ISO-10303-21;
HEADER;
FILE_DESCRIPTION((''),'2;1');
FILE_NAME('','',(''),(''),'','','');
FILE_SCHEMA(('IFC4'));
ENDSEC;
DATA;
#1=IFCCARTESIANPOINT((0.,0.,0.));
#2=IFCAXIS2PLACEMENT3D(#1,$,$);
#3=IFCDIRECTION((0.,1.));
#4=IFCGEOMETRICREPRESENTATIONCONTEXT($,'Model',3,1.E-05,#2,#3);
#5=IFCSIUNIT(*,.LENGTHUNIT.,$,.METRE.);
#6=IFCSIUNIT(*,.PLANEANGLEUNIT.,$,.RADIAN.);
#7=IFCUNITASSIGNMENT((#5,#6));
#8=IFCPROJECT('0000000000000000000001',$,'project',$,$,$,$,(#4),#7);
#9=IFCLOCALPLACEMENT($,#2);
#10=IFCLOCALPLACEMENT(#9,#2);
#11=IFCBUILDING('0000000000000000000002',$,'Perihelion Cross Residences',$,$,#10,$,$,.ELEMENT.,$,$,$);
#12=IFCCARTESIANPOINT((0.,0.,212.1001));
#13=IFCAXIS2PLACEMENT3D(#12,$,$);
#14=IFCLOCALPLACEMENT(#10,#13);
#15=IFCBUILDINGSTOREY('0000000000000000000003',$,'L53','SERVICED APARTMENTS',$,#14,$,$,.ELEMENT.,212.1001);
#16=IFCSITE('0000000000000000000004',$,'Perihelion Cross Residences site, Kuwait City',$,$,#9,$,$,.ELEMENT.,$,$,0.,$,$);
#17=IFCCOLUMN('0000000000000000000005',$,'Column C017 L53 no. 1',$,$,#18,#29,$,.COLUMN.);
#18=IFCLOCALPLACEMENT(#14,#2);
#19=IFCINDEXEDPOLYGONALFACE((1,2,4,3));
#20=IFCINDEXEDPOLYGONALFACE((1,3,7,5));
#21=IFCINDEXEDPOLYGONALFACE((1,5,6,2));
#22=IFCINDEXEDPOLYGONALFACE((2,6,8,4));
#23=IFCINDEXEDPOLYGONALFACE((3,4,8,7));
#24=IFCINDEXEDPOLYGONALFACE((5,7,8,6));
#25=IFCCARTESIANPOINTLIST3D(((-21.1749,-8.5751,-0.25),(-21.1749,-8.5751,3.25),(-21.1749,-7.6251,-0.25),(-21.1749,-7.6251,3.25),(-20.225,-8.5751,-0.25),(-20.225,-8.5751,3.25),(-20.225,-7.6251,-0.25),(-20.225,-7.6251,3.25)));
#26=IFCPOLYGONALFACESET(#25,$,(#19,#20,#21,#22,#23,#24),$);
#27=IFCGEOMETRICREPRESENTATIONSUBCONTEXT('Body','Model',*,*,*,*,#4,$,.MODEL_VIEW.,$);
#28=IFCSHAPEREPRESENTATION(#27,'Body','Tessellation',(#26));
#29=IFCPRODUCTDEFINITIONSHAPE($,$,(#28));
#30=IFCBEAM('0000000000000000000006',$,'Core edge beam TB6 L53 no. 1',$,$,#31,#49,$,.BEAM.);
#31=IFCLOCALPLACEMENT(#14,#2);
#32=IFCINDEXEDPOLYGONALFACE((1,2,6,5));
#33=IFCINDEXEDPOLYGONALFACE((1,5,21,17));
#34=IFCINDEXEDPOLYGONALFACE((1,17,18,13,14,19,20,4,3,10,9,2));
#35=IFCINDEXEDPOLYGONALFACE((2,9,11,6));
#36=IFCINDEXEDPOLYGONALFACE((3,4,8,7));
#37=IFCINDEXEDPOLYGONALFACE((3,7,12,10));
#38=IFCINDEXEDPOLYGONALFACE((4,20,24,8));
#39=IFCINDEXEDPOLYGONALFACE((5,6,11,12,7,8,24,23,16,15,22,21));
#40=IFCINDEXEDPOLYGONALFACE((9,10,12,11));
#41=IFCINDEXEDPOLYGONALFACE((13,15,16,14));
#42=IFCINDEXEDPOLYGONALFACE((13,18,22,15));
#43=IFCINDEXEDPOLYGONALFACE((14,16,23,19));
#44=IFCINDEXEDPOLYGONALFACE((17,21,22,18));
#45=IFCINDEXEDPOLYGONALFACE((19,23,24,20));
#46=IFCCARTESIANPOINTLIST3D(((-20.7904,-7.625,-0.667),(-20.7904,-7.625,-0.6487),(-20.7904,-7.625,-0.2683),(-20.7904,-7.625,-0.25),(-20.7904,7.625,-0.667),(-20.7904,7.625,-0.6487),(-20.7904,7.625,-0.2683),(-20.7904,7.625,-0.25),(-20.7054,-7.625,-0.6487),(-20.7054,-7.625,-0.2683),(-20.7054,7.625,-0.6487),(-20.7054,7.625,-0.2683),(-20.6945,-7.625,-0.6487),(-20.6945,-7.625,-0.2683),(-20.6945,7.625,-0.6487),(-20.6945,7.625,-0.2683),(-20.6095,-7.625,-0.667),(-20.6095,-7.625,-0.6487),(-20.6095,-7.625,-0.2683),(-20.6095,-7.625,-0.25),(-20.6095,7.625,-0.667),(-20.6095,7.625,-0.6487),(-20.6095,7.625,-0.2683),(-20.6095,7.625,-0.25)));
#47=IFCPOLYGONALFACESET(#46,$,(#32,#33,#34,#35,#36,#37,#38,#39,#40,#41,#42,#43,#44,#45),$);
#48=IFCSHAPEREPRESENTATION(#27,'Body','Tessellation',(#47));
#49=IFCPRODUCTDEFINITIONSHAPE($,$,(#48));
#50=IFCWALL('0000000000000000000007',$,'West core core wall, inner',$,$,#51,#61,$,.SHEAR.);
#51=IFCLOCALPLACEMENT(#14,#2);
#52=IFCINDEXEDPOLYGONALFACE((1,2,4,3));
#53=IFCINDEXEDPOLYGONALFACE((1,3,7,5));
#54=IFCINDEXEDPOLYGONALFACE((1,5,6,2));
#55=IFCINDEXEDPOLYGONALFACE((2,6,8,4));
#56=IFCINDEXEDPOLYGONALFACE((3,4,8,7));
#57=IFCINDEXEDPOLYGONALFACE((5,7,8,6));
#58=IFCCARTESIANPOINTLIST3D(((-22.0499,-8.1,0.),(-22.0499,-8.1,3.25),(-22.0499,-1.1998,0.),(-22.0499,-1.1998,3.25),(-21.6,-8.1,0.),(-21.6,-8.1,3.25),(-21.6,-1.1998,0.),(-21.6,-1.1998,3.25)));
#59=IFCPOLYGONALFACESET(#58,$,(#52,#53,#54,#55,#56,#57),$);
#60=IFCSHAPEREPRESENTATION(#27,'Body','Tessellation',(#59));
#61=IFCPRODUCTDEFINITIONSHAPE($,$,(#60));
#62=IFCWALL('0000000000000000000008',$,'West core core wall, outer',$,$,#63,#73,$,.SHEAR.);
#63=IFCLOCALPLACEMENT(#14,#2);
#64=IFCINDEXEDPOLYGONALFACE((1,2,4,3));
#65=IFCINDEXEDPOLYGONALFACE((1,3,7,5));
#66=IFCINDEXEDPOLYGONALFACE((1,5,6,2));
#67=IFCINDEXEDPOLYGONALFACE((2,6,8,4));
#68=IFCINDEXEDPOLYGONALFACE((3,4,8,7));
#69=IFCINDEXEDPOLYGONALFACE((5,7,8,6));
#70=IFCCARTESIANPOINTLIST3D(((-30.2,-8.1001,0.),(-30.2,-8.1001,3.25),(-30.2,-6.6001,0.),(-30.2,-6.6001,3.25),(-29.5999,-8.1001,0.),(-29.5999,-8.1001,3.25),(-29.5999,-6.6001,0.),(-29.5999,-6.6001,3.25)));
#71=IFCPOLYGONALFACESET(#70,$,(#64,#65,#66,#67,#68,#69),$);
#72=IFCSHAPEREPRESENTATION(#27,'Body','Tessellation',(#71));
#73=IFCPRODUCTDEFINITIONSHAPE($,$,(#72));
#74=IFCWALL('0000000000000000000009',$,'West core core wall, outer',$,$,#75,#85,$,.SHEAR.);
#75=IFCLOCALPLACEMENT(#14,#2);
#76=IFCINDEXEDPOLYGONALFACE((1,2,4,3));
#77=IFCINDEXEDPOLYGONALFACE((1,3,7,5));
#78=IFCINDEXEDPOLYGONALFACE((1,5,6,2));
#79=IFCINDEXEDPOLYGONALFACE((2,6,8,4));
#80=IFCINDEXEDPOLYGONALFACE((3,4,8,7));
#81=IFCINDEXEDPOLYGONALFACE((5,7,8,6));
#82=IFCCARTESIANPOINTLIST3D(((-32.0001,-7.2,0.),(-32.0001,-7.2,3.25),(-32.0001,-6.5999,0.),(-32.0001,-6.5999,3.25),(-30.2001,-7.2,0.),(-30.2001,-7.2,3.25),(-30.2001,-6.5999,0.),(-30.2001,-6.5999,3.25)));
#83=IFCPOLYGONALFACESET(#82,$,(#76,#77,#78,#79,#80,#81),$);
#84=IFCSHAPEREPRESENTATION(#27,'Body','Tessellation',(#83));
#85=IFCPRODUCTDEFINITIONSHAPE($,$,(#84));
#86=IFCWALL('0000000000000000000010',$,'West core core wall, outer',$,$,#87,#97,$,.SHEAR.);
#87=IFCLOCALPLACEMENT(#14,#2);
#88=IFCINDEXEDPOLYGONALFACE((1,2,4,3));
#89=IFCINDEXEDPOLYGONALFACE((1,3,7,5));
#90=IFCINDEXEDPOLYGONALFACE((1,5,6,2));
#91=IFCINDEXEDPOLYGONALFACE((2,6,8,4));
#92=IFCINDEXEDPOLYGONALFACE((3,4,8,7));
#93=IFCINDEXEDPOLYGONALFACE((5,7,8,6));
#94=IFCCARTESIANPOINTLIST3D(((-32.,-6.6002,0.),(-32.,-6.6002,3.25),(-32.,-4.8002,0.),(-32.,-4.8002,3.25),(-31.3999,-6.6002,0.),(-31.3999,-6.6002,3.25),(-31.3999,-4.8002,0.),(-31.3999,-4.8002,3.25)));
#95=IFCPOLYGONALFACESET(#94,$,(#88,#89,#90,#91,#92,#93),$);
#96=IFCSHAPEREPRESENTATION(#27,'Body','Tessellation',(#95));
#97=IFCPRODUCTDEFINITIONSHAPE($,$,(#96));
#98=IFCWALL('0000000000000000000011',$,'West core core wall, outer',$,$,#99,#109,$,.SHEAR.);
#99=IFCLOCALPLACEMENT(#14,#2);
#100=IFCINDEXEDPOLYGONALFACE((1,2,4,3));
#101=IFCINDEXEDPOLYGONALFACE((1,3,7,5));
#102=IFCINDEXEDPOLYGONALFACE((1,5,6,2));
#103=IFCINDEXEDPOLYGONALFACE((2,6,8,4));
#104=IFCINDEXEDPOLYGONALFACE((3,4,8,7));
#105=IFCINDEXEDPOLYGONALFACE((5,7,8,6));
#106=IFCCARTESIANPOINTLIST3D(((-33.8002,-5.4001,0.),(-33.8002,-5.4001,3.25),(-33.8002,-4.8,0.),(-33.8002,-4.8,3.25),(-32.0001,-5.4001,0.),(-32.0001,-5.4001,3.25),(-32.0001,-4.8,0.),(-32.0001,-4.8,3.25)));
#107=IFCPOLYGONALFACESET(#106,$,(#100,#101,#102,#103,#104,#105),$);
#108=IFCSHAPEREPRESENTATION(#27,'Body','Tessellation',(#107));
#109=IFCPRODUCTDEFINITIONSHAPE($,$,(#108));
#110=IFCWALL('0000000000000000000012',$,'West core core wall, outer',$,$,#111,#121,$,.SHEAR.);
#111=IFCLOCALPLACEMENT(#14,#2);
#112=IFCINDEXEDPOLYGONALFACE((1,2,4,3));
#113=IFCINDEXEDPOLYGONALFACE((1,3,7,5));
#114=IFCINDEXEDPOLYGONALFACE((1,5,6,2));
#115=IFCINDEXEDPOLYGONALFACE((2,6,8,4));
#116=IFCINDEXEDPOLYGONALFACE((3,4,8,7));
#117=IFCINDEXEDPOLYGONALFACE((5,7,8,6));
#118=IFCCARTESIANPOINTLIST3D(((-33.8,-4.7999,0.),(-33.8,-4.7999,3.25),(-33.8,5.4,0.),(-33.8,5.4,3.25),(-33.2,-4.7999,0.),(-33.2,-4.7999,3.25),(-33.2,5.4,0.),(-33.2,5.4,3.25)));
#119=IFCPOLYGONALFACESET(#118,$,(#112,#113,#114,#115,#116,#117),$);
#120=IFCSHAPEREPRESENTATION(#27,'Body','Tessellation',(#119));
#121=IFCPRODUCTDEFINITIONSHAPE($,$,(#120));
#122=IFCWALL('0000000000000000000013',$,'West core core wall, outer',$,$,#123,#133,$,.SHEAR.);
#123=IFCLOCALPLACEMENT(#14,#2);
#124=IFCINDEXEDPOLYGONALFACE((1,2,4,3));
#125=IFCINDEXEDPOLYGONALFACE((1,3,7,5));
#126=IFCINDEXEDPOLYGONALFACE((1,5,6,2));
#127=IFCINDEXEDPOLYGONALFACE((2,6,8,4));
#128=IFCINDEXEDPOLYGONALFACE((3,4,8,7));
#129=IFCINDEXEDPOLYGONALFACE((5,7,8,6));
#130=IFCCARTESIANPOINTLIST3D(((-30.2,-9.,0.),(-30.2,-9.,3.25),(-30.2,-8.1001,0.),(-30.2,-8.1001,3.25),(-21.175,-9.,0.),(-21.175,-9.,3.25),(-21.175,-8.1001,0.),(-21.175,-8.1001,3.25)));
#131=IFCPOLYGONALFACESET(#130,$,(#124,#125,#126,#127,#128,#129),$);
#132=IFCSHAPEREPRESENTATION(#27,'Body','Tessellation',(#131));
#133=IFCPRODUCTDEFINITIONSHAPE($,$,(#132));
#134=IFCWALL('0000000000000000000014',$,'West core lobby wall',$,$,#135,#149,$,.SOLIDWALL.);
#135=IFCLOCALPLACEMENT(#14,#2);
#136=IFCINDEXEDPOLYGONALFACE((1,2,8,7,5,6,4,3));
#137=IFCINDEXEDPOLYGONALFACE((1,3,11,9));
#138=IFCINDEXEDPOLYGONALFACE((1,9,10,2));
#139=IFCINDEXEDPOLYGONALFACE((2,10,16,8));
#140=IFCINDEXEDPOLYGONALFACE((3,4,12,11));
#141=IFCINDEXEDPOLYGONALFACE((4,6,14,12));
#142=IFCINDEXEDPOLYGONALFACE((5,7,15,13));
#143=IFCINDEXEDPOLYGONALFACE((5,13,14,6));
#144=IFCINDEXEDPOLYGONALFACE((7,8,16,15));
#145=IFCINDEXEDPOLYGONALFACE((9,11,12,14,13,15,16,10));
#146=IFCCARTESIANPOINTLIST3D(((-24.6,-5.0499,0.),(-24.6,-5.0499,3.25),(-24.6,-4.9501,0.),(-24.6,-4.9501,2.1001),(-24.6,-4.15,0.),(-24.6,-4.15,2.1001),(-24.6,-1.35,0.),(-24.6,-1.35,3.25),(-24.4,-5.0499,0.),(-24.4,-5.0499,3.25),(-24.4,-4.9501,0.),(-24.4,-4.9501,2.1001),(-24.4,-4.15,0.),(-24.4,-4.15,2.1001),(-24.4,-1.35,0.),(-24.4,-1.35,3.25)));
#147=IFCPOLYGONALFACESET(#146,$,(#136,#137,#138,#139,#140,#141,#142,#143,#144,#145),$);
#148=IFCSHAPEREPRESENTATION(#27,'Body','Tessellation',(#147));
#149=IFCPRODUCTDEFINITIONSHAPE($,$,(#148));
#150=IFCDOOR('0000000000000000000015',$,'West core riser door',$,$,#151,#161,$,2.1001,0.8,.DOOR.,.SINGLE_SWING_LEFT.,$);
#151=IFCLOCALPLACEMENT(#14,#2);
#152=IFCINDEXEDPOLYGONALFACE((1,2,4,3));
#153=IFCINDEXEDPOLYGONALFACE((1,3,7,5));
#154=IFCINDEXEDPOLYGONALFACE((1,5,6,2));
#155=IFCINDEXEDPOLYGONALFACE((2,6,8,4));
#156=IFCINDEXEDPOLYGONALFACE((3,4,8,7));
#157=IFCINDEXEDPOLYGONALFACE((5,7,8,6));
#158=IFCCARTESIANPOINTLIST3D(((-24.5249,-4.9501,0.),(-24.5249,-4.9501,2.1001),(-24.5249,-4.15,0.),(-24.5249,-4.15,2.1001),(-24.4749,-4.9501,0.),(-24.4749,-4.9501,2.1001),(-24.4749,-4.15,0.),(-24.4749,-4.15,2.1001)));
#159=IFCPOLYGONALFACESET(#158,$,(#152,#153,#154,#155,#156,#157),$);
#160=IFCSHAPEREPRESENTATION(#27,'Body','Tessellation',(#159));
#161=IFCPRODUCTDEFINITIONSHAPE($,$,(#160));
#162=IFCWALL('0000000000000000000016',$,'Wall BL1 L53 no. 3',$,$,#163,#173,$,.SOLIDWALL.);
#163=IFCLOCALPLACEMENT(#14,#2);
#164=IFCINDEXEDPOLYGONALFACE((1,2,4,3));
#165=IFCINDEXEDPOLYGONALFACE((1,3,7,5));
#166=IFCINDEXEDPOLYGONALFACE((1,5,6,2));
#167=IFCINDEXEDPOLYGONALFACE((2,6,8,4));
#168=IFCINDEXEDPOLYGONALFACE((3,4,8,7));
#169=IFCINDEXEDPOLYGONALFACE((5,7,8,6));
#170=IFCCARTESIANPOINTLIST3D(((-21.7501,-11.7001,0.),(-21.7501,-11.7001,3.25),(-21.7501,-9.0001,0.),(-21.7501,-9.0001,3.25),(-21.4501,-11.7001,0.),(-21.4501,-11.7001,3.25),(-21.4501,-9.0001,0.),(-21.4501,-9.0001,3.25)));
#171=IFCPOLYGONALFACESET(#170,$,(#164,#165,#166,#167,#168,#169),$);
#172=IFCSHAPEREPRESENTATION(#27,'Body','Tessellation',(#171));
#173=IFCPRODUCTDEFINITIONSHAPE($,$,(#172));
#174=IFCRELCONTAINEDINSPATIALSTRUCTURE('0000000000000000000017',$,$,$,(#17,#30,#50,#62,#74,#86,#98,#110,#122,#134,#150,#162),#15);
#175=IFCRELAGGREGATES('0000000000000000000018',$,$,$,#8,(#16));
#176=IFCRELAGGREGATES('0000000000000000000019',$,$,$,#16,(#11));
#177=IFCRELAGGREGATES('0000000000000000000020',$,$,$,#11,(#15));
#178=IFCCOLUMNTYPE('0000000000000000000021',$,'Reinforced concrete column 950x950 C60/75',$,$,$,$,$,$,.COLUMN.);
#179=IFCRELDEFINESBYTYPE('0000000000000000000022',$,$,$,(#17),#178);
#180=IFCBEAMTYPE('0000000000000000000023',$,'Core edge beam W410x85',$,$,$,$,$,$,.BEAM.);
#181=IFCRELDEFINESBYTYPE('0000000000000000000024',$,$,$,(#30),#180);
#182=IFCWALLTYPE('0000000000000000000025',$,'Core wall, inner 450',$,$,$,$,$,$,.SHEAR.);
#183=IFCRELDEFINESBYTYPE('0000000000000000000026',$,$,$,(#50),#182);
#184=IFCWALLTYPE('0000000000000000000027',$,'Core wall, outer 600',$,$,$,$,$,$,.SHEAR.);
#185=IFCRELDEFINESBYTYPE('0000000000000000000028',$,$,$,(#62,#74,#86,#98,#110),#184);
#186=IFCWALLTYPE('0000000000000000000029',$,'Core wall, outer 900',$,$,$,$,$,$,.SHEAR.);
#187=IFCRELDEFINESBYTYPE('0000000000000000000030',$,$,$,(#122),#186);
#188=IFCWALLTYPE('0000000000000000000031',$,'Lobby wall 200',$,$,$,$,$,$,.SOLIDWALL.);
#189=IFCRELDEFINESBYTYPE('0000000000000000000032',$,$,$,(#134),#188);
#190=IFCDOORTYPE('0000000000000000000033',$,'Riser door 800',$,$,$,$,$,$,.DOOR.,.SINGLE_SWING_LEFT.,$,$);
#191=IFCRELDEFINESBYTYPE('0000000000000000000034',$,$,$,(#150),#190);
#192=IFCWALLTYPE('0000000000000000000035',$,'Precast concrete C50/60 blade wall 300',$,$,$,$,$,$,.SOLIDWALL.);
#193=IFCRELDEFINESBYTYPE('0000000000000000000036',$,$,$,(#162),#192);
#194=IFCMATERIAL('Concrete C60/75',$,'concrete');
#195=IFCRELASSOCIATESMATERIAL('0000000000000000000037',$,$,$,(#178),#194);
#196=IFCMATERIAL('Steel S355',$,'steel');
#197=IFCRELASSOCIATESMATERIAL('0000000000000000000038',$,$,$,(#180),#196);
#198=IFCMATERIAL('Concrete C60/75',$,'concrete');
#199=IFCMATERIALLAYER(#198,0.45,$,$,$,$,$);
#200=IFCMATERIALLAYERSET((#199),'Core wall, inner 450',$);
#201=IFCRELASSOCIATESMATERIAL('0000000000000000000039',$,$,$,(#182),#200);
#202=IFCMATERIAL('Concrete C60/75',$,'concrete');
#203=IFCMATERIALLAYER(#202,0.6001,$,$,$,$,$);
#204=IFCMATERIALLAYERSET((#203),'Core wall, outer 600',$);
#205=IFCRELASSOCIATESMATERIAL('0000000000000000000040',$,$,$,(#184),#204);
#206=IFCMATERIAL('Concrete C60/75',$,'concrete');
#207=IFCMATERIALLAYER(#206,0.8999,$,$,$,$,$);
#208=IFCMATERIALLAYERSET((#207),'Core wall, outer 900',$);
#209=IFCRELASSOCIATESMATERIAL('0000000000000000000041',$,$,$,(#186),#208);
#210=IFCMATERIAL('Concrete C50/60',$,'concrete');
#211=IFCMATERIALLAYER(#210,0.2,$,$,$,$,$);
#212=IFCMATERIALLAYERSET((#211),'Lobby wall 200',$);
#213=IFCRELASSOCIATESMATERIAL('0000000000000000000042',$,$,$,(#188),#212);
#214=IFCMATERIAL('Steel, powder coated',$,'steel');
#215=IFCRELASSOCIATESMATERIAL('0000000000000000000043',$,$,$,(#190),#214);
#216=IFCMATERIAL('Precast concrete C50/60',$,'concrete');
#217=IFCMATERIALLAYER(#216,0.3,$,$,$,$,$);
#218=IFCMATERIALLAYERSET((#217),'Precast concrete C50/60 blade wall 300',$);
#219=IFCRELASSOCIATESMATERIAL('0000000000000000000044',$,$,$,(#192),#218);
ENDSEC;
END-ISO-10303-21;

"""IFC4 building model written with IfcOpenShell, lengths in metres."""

from ifc_helpers import new_model, si_unit, direction, frame, frame_2d, origin, origin_2d, place, context, subcontext, project, spatial, rectangle, i_section, extrude, material, layer, layer_set, material_profile, profile_set, type_object, element, fill, save


model = new_model("IFC4")

# Units and contexts
model_context = context("Model", 3, precision=1e-05, world=origin(), true_north=direction((0.0, 1.0)))
body_context = subcontext(model_context, "Body", "Model", "MODEL_VIEW")
ifc_project = project(units=[si_unit("LENGTHUNIT", "METRE"), si_unit("PLANEANGLEUNIT", "RADIAN")], contexts=[model_context])

# Site, building, storey
site_placement = place(None, origin())
site = spatial("IfcSite", under=ifc_project, at=site_placement, Name="Perihelion Cross Residences site, Kuwait City", CompositionType="ELEMENT", RefElevation=0.0)
building_placement = place(site_placement, origin())
building = spatial("IfcBuilding", under=site, at=building_placement, Name="Perihelion Cross Residences", CompositionType="ELEMENT")
storey_placement = place(building_placement, frame((0.0, 0.0, 212.1001)))
storey = spatial("IfcBuildingStorey", under=building, at=storey_placement, Name="L53", Description="SERVICED APARTMENTS", CompositionType="ELEMENT", Elevation=212.1001)

# Column
ifc_material_1 = material(Name="Concrete C60/75", Category="concrete")
ifc_material_profile_1 = material_profile(ifc_material_1, rectangle(XDim=0.95, YDim=0.95, at=origin_2d()), Name="RC 950x950")
ifc_profile_set_1 = profile_set([ifc_material_profile_1], Name="Concrete C60/75")
column_type = type_object("IfcColumnType", Name="Reinforced concrete column 950x950 C60/75", PredefinedType="COLUMN", material=ifc_profile_set_1)
column_placement = place(storey_placement, frame((-20.7, -8.1001, -0.25), z_axis=(0.0, 0.0, 1.0), x_axis=(1.0, 0.0, 0.0)))
element("IfcColumn", 1, at=column_placement, inside=storey, type_object=column_type, Name="Column C017 L53 no. 1", PredefinedType="COLUMN", context=body_context, shape_type="SweptSolid", body=[
    extrude(rectangle(XDim=0.95, YDim=0.95, at=origin_2d()), origin(), (0.0, 0.0, 1.0), 3.5),
])

# Beam
ifc_material_2 = material(Name="Steel S355", Category="steel")
ifc_material_profile_2 = material_profile(ifc_material_2, i_section(OverallWidth=0.1809, OverallDepth=0.417, WebThickness=0.011, FlangeThickness=0.0183, at=origin_2d()), Name="W410x85")
ifc_profile_set_2 = profile_set([ifc_material_profile_2], Name="Steel S355")
beam_type = type_object("IfcBeamType", Name="Core edge beam W410x85", PredefinedType="BEAM", material=ifc_profile_set_2)
beam_placement = place(storey_placement, frame((-20.7, -7.625, -0.4585), z_axis=(0.0, 1.0, 0.0), x_axis=(-1.0, 0.0, 0.0)))
element("IfcBeam", 2, at=beam_placement, inside=storey, type_object=beam_type, Name="Core edge beam TB6 L53 no. 1", PredefinedType="BEAM", context=body_context, shape_type="SweptSolid", body=[
    extrude(i_section(OverallWidth=0.1809, OverallDepth=0.417, WebThickness=0.011, FlangeThickness=0.0183, at=origin_2d()), origin(), (0.0, 0.0, 1.0), 15.25),
])

# Walls
ifc_material_3 = material(Name="Concrete C60/75", Category="concrete")
ifc_layer_1 = layer(ifc_material_3, 0.45)
ifc_layer_set_1 = layer_set([ifc_layer_1], Name="Core wall, inner 450")
wall_type_1 = type_object("IfcWallType", Name="Core wall, inner 450", PredefinedType="SHEAR", material=ifc_layer_set_1)
wall_1_placement = place(storey_placement, frame((-21.825, -8.1001, 0.0), z_axis=(0.0, 0.0, 1.0), x_axis=(0.0, 1.0, 0.0)))
element("IfcWall", 3, at=wall_1_placement, inside=storey, type_object=wall_type_1, Name="West core core wall, inner", PredefinedType="SHEAR", context=body_context, shape_type="SweptSolid", body=[
    extrude(rectangle(XDim=6.9001, YDim=0.45, at=frame_2d((3.4502, 0.0))), origin(), (0.0, 0.0, 1.0), 3.25),
])
ifc_material_4 = material(Name="Concrete C60/75", Category="concrete")
ifc_layer_2 = layer(ifc_material_4, 0.6001)
ifc_layer_set_2 = layer_set([ifc_layer_2], Name="Core wall, outer 600")
wall_type_2 = type_object("IfcWallType", Name="Core wall, outer 600", PredefinedType="SHEAR", material=ifc_layer_set_2)
wall_2_placement = place(storey_placement, frame((-29.8999, -8.1001, 0.0), z_axis=(0.0, 0.0, 1.0), x_axis=(0.0, 1.0, 0.0)))
element("IfcWall", 4, at=wall_2_placement, inside=storey, type_object=wall_type_2, Name="West core core wall, outer", PredefinedType="SHEAR", context=body_context, shape_type="SweptSolid", body=[
    extrude(rectangle(XDim=1.5, YDim=0.6001, at=frame_2d((0.75, 0.0))), origin(), (0.0, 0.0, 1.0), 3.25),
])
for number, where, z_axis, x_axis, name in (
    (5, (-32.0, -6.8999, 0.0), (0.0, 0.0, 1.0), (1.0, 0.0, 0.0), "West core core wall, outer"),
    (6, (-31.7, -6.6001, 0.0), (0.0, 0.0, 1.0), (0.0, 1.0, 0.0), "West core core wall, outer"),
    (7, (-33.8, -5.1001, 0.0), (0.0, 0.0, 1.0), (1.0, 0.0, 0.0), "West core core wall, outer"),
):
    element("IfcWall", number, at=place(storey_placement, frame(where, z_axis=z_axis, x_axis=x_axis)), inside=storey, type_object=wall_type_2, Name=name, PredefinedType="SHEAR", context=body_context, shape_type="SweptSolid", body=[
        extrude(rectangle(XDim=1.8, YDim=0.6001, at=frame_2d((0.8999, 0.0))), origin(), (0.0, 0.0, 1.0), 3.25),
    ])
wall_3_placement = place(storey_placement, frame((-33.5, -4.8, 0.0), z_axis=(0.0, 0.0, 1.0), x_axis=(0.0, 1.0, 0.0)))
element("IfcWall", 8, at=wall_3_placement, inside=storey, type_object=wall_type_2, Name="West core core wall, outer", PredefinedType="SHEAR", context=body_context, shape_type="SweptSolid", body=[
    extrude(rectangle(XDim=10.2, YDim=0.6001, at=frame_2d((5.1001, 0.0))), origin(), (0.0, 0.0, 1.0), 3.25),
])
ifc_material_5 = material(Name="Concrete C60/75", Category="concrete")
ifc_layer_3 = layer(ifc_material_5, 0.8999)
ifc_layer_set_3 = layer_set([ifc_layer_3], Name="Core wall, outer 900")
wall_type_3 = type_object("IfcWallType", Name="Core wall, outer 900", PredefinedType="SHEAR", material=ifc_layer_set_3)
wall_4_placement = place(storey_placement, frame((-30.2, -8.55, 0.0), z_axis=(0.0, 0.0, 1.0), x_axis=(1.0, 0.0, 0.0)))
element("IfcWall", 9, at=wall_4_placement, inside=storey, type_object=wall_type_3, Name="West core core wall, outer", PredefinedType="SHEAR", context=body_context, shape_type="SweptSolid", body=[
    extrude(rectangle(XDim=9.0249, YDim=0.8999, at=frame_2d((4.5125, 0.0))), origin(), (0.0, 0.0, 1.0), 3.25),
])

# Wall, opening, door
ifc_material_6 = material(Name="Concrete C50/60", Category="concrete")
ifc_layer_4 = layer(ifc_material_6, 0.2)
ifc_layer_set_4 = layer_set([ifc_layer_4], Name="Lobby wall 200")
wall_type_4 = type_object("IfcWallType", Name="Lobby wall 200", PredefinedType="SOLIDWALL", material=ifc_layer_set_4)
wall_5_placement = place(storey_placement, frame((-24.5, -5.05, 0.0), z_axis=(0.0, 0.0, 1.0), x_axis=(0.0, 1.0, 0.0)))
wall_5 = element("IfcWall", 10, at=wall_5_placement, inside=storey, type_object=wall_type_4, Name="West core lobby wall", PredefinedType="SOLIDWALL", context=body_context, shape_type="SweptSolid", body=[
    extrude(rectangle(XDim=3.7, YDim=0.2, at=frame_2d((1.8501, 0.0))), origin(), (0.0, 0.0, 1.0), 3.25),
])
opening_1_placement = place(wall_5_placement, frame((0.1001, 0.0, 0.0)))
opening_1 = element("IfcOpeningElement", 11, at=opening_1_placement, cuts=wall_5, PredefinedType="OPENING", context=body_context, shape_type="SweptSolid", body=[
    extrude(rectangle(XDim=0.8, YDim=2.1001, at=frame_2d((0.3999, 1.05))), frame((0.0, 0.1099, 0.0), z_axis=(0.0, -1.0, 0.0), x_axis=(1.0, 0.0, 0.0)), (0.0, 0.0, 1.0), 0.22),
])
ifc_material_7 = material(Name="Steel, powder coated", Category="steel")
door_type_1 = type_object("IfcDoorType", Name="Riser door 800", OperationType="SINGLE_SWING_LEFT", PredefinedType="DOOR", material=ifc_material_7)
door_1_placement = place(opening_1_placement, origin())
door_1 = element("IfcDoor", 12, at=door_1_placement, inside=storey, type_object=door_type_1, Name="West core riser door", OperationType="SINGLE_SWING_LEFT", OverallHeight=2.1001, OverallWidth=0.8, PredefinedType="DOOR", context=body_context, shape_type="SweptSolid", body=[
    extrude(rectangle(XDim=0.8, YDim=2.1001, at=frame_2d((0.3999, 1.05))), frame((0.0, 0.0249, 0.0), z_axis=(0.0, -1.0, 0.0), x_axis=(1.0, 0.0, 0.0)), (0.0, 0.0, 1.0), 0.05),
])
fill(opening_1, door_1)

# Wall
ifc_material_8 = material(Name="Precast concrete C50/60", Category="concrete")
ifc_layer_5 = layer(ifc_material_8, 0.3)
ifc_layer_set_5 = layer_set([ifc_layer_5], Name="Precast concrete C50/60 blade wall 300")
wall_type_5 = type_object("IfcWallType", Name="Precast concrete C50/60 blade wall 300", PredefinedType="SOLIDWALL", material=ifc_layer_set_5)
wall_6_placement = place(storey_placement, frame((-21.6001, -9.0, 0.0), z_axis=(0.0, 0.0, 1.0), x_axis=(0.0, -1.0, 0.0)))
element("IfcWall", 13, at=wall_6_placement, inside=storey, type_object=wall_type_5, Name="Wall BL1 L53 no. 3", PredefinedType="SOLIDWALL", context=body_context, shape_type="SweptSolid", body=[
    extrude(rectangle(XDim=2.7, YDim=0.3, at=frame_2d((1.3501, 0.0))), origin(), (0.0, 0.0, 1.0), 3.25),
])

save(model, "model.ifc")
